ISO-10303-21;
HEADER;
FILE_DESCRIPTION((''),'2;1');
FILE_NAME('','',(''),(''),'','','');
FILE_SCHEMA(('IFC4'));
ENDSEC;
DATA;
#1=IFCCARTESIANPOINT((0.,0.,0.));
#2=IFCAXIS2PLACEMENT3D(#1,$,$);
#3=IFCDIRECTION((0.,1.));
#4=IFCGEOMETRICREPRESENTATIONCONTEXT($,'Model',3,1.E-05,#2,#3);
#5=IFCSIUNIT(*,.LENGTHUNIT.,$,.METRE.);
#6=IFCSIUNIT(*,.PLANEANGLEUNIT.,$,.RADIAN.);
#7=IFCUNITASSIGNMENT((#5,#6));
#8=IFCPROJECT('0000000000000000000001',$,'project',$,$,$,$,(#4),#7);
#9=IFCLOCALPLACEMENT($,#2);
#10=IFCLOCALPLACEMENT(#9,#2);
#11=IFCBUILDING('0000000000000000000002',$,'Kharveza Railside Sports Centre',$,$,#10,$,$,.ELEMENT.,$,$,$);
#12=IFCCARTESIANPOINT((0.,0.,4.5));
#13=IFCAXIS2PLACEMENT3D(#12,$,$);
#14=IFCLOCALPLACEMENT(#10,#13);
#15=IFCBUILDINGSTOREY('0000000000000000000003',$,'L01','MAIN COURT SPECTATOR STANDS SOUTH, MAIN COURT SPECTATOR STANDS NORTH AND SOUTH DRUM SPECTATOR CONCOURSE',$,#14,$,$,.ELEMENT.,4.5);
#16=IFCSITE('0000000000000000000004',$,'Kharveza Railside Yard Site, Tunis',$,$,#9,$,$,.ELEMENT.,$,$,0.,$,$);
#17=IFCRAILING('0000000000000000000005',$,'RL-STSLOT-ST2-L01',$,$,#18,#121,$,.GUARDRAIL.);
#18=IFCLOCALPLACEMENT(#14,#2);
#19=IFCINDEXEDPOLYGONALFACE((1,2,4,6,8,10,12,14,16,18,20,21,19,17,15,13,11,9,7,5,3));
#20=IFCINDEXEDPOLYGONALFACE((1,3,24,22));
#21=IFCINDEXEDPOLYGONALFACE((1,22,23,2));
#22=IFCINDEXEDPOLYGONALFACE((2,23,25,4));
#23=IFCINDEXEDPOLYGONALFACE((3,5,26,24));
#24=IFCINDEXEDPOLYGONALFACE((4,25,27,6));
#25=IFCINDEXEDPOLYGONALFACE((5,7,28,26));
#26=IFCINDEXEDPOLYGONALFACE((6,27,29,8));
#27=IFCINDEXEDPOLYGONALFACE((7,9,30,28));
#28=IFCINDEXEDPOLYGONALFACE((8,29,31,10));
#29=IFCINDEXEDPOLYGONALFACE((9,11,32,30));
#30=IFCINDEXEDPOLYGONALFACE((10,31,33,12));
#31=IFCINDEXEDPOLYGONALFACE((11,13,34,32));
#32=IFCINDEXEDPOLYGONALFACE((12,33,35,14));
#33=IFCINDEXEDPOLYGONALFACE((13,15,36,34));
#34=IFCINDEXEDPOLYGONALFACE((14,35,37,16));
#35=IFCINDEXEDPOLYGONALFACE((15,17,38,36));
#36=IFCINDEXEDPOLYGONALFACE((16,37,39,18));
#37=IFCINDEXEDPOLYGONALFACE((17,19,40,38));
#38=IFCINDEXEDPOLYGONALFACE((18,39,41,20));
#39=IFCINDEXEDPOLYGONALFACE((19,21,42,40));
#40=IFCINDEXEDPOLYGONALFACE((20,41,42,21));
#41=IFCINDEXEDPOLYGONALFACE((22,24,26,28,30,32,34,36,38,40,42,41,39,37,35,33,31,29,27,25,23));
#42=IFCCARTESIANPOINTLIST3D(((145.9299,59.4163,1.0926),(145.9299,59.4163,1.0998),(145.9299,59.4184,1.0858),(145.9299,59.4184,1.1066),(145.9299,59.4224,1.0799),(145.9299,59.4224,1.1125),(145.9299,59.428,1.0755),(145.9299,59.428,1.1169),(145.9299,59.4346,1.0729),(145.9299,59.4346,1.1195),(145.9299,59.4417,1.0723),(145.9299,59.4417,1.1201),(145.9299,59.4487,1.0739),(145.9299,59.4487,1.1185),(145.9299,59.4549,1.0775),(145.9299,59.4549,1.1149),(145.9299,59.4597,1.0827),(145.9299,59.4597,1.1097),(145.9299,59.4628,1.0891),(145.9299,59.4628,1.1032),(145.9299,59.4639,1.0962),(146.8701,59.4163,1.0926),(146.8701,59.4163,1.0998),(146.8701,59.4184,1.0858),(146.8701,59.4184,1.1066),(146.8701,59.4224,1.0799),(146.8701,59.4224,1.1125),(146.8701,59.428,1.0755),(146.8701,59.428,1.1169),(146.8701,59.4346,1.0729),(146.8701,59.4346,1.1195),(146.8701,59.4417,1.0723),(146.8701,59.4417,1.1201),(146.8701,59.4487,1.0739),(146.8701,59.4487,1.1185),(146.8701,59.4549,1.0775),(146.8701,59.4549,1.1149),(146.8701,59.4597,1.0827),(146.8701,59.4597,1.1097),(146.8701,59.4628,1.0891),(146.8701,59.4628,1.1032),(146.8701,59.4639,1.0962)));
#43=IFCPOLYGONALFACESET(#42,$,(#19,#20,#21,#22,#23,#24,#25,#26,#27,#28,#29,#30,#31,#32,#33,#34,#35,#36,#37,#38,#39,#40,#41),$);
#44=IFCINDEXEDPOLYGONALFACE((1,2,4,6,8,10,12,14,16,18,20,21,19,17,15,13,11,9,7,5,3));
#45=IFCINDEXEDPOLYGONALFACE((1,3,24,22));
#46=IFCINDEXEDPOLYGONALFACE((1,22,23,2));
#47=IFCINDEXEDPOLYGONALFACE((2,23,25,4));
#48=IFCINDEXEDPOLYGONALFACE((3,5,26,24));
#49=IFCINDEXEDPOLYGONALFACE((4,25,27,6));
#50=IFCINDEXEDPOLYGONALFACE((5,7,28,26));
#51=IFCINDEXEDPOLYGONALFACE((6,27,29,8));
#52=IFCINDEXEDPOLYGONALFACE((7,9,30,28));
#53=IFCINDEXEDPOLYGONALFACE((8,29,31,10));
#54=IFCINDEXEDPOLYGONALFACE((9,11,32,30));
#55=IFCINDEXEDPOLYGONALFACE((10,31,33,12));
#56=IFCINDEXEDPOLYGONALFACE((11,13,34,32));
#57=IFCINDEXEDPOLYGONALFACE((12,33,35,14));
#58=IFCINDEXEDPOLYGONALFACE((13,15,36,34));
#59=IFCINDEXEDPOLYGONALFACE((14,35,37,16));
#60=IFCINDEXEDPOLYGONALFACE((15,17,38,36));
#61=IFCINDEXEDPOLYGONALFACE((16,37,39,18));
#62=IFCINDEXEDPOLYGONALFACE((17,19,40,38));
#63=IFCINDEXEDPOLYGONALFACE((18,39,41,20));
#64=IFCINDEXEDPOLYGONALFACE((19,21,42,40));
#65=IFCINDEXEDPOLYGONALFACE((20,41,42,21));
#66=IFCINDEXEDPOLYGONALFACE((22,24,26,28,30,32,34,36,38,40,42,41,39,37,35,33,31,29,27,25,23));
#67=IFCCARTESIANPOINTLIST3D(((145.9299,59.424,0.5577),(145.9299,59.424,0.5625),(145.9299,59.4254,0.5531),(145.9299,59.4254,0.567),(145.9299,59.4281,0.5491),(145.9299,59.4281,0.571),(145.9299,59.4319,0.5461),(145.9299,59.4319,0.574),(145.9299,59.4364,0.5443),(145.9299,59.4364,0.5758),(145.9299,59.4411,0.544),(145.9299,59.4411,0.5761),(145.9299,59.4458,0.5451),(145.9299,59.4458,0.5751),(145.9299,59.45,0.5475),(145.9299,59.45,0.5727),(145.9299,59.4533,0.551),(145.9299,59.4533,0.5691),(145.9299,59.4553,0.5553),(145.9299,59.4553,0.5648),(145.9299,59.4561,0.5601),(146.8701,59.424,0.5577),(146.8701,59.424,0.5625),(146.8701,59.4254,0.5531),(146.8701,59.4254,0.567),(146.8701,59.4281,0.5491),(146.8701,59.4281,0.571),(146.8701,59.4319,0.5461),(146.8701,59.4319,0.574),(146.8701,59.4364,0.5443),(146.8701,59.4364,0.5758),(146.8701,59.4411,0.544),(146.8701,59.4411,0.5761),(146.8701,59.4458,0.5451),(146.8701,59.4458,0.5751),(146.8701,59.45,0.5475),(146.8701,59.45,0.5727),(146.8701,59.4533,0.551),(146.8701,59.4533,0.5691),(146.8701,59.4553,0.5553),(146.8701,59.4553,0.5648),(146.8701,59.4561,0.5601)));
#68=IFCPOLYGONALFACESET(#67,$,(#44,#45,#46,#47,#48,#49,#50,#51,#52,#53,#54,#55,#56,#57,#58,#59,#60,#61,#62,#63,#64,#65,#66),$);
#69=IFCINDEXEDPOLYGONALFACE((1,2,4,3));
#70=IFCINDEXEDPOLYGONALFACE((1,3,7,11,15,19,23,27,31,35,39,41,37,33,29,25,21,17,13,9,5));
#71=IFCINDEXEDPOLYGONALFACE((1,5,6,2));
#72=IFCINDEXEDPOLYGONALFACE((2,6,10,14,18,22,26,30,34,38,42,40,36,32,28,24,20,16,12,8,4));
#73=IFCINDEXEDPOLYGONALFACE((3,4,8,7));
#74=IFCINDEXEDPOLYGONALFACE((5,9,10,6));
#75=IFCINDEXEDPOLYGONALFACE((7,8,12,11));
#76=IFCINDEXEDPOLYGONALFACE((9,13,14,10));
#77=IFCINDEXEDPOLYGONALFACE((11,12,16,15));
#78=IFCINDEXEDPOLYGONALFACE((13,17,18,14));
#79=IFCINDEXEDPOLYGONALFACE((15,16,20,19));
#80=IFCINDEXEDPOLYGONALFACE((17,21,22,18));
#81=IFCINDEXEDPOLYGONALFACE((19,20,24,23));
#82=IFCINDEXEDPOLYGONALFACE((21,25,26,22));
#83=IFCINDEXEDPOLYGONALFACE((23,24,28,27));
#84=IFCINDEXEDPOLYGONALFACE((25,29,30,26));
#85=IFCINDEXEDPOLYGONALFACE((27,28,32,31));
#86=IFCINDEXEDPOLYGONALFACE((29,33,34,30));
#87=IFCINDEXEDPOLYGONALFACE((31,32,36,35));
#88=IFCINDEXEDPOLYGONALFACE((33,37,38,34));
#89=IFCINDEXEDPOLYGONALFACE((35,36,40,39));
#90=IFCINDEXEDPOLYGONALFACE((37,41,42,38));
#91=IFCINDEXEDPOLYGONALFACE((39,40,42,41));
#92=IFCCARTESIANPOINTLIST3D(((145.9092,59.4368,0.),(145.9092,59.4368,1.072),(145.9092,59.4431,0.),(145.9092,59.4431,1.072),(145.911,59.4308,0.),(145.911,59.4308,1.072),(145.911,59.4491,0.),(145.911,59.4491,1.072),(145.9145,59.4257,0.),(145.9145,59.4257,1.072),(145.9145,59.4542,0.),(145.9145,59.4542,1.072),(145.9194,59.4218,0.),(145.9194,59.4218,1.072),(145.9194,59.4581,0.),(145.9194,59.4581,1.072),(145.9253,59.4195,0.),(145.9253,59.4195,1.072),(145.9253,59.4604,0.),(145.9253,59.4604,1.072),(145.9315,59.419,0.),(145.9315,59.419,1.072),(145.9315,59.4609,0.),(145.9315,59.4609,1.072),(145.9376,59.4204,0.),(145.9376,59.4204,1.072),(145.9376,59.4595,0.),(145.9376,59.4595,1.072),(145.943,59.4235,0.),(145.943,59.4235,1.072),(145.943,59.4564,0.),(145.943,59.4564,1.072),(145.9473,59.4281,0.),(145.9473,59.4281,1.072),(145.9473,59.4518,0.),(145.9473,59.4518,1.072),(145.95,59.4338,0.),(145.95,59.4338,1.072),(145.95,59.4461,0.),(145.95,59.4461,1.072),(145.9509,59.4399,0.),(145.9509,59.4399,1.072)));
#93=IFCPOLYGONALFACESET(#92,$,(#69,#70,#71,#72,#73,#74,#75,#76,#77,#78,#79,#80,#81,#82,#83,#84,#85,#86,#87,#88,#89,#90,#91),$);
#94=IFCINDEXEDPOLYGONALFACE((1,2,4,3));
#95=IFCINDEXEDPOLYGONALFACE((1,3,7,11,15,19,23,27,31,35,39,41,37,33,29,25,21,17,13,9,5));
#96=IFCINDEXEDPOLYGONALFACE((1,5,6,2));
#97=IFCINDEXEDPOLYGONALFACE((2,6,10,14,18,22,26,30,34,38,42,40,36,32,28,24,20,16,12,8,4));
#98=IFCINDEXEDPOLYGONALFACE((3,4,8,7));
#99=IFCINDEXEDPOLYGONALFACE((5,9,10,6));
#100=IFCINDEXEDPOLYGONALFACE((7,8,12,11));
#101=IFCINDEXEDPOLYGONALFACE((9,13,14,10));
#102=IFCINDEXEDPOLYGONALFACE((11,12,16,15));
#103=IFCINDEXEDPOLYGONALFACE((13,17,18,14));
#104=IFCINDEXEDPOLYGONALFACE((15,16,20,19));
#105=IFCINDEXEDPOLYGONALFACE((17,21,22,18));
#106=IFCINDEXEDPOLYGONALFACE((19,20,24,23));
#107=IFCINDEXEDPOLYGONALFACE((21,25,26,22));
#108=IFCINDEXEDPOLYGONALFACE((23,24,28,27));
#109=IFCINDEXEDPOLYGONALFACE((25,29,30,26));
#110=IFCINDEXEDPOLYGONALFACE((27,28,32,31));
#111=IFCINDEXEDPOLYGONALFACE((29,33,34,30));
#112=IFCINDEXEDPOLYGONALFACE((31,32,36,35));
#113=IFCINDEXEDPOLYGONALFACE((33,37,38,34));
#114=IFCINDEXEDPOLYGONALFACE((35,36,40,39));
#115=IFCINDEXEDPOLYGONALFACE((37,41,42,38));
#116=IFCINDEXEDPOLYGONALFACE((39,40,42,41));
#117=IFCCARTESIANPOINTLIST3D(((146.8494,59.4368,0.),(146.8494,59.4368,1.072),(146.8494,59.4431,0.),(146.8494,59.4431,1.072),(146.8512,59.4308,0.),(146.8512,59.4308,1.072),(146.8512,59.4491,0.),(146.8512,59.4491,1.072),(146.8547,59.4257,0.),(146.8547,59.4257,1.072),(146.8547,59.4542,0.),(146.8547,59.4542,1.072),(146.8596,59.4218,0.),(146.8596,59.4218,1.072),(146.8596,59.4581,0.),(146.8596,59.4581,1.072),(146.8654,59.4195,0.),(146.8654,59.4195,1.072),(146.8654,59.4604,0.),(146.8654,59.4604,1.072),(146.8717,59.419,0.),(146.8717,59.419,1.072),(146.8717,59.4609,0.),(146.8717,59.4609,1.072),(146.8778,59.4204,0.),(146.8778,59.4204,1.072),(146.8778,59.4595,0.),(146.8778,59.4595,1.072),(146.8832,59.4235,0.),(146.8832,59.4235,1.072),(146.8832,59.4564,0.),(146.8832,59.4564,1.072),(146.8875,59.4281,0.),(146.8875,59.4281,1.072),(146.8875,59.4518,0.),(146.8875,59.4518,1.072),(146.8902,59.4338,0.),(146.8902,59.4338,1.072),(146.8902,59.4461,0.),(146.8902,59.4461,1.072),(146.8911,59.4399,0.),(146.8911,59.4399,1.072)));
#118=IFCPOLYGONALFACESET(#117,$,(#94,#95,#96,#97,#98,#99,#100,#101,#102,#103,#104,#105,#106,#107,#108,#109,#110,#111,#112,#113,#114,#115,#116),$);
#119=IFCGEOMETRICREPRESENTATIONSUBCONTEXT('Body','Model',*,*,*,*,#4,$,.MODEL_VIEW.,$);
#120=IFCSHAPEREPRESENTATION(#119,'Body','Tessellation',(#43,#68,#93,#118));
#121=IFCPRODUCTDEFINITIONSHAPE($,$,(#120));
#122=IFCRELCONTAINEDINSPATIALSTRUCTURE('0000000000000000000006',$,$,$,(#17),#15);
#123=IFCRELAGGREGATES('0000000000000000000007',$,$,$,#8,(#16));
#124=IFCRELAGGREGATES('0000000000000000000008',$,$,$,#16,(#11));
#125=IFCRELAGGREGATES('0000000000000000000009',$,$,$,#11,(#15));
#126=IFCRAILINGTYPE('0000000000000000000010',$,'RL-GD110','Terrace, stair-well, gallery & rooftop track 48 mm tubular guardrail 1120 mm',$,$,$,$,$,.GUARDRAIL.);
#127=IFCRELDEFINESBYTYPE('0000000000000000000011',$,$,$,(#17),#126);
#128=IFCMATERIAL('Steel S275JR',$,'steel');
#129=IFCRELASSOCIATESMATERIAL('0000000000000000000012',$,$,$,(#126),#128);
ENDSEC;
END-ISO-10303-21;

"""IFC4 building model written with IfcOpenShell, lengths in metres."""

from ifc_helpers import new_model, si_unit, direction, frame, origin, origin_2d, place, context, subcontext, project, spatial, circle, extrude, material, type_object, element, save


model = new_model("IFC4")

# Units and contexts
model_context = context("Model", 3, precision=1e-05, world=origin(), true_north=direction((0.0, 1.0)))
body_context = subcontext(model_context, "Body", "Model", "MODEL_VIEW")
ifc_project = project(units=[si_unit("LENGTHUNIT", "METRE"), si_unit("PLANEANGLEUNIT", "RADIAN")], contexts=[model_context])

# Site, building, storey
site_placement = place(None, origin())
site = spatial("IfcSite", under=ifc_project, at=site_placement, Name="Kharveza Railside Yard Site, Tunis", CompositionType="ELEMENT", RefElevation=0.0)
building_placement = place(site_placement, origin())
building = spatial("IfcBuilding", under=site, at=building_placement, Name="Kharveza Railside Sports Centre", CompositionType="ELEMENT")
storey_placement = place(building_placement, frame((0.0, 0.0, 4.5)))
storey = spatial("IfcBuildingStorey", under=building, at=storey_placement, Name="L01", Description="MAIN COURT SPECTATOR STANDS SOUTH, MAIN COURT SPECTATOR STANDS NORTH AND SOUTH DRUM SPECTATOR CONCOURSE", CompositionType="ELEMENT", Elevation=4.5)

# Railing
ifc_material_1 = material(Name="Steel S275JR", Category="steel")
railing_type_1 = type_object("IfcRailingType", Name="RL-GD110", Description="Terrace, stair-well, gallery & rooftop track 48 mm tubular guardrail 1120 mm", PredefinedType="GUARDRAIL", material=ifc_material_1)
railing_1_placement = place(storey_placement, frame((145.9299, 59.4399, 0.0)))
element("IfcRailing", 1, at=railing_1_placement, inside=storey, type_object=railing_type_1, Name="RL-STSLOT-ST2-L01", PredefinedType="GUARDRAIL", context=body_context, shape_type="SweptSolid", body=[
    extrude(circle(Radius=0.0239, at=origin_2d()), frame((0.0, 0.0, 1.0962), z_axis=(1.0, 0.0, 0.0), x_axis=(0.0, 1.0, 0.0)), (0.0, 0.0, 1.0), 0.9402),
    extrude(circle(Radius=0.0161, at=origin_2d()), frame((0.0, 0.0, 0.5601), z_axis=(1.0, 0.0, 0.0), x_axis=(0.0, 1.0, 0.0)), (0.0, 0.0, 1.0), 0.9402),
    extrude(circle(Radius=0.021, at=origin_2d()), origin(), (0.0, 0.0, 1.0), 1.072),
    extrude(circle(Radius=0.021, at=origin_2d()), frame((0.9402, 0.0, 0.0)), (0.0, 0.0, 1.0), 1.072),
])

save(model, "model.ifc")
